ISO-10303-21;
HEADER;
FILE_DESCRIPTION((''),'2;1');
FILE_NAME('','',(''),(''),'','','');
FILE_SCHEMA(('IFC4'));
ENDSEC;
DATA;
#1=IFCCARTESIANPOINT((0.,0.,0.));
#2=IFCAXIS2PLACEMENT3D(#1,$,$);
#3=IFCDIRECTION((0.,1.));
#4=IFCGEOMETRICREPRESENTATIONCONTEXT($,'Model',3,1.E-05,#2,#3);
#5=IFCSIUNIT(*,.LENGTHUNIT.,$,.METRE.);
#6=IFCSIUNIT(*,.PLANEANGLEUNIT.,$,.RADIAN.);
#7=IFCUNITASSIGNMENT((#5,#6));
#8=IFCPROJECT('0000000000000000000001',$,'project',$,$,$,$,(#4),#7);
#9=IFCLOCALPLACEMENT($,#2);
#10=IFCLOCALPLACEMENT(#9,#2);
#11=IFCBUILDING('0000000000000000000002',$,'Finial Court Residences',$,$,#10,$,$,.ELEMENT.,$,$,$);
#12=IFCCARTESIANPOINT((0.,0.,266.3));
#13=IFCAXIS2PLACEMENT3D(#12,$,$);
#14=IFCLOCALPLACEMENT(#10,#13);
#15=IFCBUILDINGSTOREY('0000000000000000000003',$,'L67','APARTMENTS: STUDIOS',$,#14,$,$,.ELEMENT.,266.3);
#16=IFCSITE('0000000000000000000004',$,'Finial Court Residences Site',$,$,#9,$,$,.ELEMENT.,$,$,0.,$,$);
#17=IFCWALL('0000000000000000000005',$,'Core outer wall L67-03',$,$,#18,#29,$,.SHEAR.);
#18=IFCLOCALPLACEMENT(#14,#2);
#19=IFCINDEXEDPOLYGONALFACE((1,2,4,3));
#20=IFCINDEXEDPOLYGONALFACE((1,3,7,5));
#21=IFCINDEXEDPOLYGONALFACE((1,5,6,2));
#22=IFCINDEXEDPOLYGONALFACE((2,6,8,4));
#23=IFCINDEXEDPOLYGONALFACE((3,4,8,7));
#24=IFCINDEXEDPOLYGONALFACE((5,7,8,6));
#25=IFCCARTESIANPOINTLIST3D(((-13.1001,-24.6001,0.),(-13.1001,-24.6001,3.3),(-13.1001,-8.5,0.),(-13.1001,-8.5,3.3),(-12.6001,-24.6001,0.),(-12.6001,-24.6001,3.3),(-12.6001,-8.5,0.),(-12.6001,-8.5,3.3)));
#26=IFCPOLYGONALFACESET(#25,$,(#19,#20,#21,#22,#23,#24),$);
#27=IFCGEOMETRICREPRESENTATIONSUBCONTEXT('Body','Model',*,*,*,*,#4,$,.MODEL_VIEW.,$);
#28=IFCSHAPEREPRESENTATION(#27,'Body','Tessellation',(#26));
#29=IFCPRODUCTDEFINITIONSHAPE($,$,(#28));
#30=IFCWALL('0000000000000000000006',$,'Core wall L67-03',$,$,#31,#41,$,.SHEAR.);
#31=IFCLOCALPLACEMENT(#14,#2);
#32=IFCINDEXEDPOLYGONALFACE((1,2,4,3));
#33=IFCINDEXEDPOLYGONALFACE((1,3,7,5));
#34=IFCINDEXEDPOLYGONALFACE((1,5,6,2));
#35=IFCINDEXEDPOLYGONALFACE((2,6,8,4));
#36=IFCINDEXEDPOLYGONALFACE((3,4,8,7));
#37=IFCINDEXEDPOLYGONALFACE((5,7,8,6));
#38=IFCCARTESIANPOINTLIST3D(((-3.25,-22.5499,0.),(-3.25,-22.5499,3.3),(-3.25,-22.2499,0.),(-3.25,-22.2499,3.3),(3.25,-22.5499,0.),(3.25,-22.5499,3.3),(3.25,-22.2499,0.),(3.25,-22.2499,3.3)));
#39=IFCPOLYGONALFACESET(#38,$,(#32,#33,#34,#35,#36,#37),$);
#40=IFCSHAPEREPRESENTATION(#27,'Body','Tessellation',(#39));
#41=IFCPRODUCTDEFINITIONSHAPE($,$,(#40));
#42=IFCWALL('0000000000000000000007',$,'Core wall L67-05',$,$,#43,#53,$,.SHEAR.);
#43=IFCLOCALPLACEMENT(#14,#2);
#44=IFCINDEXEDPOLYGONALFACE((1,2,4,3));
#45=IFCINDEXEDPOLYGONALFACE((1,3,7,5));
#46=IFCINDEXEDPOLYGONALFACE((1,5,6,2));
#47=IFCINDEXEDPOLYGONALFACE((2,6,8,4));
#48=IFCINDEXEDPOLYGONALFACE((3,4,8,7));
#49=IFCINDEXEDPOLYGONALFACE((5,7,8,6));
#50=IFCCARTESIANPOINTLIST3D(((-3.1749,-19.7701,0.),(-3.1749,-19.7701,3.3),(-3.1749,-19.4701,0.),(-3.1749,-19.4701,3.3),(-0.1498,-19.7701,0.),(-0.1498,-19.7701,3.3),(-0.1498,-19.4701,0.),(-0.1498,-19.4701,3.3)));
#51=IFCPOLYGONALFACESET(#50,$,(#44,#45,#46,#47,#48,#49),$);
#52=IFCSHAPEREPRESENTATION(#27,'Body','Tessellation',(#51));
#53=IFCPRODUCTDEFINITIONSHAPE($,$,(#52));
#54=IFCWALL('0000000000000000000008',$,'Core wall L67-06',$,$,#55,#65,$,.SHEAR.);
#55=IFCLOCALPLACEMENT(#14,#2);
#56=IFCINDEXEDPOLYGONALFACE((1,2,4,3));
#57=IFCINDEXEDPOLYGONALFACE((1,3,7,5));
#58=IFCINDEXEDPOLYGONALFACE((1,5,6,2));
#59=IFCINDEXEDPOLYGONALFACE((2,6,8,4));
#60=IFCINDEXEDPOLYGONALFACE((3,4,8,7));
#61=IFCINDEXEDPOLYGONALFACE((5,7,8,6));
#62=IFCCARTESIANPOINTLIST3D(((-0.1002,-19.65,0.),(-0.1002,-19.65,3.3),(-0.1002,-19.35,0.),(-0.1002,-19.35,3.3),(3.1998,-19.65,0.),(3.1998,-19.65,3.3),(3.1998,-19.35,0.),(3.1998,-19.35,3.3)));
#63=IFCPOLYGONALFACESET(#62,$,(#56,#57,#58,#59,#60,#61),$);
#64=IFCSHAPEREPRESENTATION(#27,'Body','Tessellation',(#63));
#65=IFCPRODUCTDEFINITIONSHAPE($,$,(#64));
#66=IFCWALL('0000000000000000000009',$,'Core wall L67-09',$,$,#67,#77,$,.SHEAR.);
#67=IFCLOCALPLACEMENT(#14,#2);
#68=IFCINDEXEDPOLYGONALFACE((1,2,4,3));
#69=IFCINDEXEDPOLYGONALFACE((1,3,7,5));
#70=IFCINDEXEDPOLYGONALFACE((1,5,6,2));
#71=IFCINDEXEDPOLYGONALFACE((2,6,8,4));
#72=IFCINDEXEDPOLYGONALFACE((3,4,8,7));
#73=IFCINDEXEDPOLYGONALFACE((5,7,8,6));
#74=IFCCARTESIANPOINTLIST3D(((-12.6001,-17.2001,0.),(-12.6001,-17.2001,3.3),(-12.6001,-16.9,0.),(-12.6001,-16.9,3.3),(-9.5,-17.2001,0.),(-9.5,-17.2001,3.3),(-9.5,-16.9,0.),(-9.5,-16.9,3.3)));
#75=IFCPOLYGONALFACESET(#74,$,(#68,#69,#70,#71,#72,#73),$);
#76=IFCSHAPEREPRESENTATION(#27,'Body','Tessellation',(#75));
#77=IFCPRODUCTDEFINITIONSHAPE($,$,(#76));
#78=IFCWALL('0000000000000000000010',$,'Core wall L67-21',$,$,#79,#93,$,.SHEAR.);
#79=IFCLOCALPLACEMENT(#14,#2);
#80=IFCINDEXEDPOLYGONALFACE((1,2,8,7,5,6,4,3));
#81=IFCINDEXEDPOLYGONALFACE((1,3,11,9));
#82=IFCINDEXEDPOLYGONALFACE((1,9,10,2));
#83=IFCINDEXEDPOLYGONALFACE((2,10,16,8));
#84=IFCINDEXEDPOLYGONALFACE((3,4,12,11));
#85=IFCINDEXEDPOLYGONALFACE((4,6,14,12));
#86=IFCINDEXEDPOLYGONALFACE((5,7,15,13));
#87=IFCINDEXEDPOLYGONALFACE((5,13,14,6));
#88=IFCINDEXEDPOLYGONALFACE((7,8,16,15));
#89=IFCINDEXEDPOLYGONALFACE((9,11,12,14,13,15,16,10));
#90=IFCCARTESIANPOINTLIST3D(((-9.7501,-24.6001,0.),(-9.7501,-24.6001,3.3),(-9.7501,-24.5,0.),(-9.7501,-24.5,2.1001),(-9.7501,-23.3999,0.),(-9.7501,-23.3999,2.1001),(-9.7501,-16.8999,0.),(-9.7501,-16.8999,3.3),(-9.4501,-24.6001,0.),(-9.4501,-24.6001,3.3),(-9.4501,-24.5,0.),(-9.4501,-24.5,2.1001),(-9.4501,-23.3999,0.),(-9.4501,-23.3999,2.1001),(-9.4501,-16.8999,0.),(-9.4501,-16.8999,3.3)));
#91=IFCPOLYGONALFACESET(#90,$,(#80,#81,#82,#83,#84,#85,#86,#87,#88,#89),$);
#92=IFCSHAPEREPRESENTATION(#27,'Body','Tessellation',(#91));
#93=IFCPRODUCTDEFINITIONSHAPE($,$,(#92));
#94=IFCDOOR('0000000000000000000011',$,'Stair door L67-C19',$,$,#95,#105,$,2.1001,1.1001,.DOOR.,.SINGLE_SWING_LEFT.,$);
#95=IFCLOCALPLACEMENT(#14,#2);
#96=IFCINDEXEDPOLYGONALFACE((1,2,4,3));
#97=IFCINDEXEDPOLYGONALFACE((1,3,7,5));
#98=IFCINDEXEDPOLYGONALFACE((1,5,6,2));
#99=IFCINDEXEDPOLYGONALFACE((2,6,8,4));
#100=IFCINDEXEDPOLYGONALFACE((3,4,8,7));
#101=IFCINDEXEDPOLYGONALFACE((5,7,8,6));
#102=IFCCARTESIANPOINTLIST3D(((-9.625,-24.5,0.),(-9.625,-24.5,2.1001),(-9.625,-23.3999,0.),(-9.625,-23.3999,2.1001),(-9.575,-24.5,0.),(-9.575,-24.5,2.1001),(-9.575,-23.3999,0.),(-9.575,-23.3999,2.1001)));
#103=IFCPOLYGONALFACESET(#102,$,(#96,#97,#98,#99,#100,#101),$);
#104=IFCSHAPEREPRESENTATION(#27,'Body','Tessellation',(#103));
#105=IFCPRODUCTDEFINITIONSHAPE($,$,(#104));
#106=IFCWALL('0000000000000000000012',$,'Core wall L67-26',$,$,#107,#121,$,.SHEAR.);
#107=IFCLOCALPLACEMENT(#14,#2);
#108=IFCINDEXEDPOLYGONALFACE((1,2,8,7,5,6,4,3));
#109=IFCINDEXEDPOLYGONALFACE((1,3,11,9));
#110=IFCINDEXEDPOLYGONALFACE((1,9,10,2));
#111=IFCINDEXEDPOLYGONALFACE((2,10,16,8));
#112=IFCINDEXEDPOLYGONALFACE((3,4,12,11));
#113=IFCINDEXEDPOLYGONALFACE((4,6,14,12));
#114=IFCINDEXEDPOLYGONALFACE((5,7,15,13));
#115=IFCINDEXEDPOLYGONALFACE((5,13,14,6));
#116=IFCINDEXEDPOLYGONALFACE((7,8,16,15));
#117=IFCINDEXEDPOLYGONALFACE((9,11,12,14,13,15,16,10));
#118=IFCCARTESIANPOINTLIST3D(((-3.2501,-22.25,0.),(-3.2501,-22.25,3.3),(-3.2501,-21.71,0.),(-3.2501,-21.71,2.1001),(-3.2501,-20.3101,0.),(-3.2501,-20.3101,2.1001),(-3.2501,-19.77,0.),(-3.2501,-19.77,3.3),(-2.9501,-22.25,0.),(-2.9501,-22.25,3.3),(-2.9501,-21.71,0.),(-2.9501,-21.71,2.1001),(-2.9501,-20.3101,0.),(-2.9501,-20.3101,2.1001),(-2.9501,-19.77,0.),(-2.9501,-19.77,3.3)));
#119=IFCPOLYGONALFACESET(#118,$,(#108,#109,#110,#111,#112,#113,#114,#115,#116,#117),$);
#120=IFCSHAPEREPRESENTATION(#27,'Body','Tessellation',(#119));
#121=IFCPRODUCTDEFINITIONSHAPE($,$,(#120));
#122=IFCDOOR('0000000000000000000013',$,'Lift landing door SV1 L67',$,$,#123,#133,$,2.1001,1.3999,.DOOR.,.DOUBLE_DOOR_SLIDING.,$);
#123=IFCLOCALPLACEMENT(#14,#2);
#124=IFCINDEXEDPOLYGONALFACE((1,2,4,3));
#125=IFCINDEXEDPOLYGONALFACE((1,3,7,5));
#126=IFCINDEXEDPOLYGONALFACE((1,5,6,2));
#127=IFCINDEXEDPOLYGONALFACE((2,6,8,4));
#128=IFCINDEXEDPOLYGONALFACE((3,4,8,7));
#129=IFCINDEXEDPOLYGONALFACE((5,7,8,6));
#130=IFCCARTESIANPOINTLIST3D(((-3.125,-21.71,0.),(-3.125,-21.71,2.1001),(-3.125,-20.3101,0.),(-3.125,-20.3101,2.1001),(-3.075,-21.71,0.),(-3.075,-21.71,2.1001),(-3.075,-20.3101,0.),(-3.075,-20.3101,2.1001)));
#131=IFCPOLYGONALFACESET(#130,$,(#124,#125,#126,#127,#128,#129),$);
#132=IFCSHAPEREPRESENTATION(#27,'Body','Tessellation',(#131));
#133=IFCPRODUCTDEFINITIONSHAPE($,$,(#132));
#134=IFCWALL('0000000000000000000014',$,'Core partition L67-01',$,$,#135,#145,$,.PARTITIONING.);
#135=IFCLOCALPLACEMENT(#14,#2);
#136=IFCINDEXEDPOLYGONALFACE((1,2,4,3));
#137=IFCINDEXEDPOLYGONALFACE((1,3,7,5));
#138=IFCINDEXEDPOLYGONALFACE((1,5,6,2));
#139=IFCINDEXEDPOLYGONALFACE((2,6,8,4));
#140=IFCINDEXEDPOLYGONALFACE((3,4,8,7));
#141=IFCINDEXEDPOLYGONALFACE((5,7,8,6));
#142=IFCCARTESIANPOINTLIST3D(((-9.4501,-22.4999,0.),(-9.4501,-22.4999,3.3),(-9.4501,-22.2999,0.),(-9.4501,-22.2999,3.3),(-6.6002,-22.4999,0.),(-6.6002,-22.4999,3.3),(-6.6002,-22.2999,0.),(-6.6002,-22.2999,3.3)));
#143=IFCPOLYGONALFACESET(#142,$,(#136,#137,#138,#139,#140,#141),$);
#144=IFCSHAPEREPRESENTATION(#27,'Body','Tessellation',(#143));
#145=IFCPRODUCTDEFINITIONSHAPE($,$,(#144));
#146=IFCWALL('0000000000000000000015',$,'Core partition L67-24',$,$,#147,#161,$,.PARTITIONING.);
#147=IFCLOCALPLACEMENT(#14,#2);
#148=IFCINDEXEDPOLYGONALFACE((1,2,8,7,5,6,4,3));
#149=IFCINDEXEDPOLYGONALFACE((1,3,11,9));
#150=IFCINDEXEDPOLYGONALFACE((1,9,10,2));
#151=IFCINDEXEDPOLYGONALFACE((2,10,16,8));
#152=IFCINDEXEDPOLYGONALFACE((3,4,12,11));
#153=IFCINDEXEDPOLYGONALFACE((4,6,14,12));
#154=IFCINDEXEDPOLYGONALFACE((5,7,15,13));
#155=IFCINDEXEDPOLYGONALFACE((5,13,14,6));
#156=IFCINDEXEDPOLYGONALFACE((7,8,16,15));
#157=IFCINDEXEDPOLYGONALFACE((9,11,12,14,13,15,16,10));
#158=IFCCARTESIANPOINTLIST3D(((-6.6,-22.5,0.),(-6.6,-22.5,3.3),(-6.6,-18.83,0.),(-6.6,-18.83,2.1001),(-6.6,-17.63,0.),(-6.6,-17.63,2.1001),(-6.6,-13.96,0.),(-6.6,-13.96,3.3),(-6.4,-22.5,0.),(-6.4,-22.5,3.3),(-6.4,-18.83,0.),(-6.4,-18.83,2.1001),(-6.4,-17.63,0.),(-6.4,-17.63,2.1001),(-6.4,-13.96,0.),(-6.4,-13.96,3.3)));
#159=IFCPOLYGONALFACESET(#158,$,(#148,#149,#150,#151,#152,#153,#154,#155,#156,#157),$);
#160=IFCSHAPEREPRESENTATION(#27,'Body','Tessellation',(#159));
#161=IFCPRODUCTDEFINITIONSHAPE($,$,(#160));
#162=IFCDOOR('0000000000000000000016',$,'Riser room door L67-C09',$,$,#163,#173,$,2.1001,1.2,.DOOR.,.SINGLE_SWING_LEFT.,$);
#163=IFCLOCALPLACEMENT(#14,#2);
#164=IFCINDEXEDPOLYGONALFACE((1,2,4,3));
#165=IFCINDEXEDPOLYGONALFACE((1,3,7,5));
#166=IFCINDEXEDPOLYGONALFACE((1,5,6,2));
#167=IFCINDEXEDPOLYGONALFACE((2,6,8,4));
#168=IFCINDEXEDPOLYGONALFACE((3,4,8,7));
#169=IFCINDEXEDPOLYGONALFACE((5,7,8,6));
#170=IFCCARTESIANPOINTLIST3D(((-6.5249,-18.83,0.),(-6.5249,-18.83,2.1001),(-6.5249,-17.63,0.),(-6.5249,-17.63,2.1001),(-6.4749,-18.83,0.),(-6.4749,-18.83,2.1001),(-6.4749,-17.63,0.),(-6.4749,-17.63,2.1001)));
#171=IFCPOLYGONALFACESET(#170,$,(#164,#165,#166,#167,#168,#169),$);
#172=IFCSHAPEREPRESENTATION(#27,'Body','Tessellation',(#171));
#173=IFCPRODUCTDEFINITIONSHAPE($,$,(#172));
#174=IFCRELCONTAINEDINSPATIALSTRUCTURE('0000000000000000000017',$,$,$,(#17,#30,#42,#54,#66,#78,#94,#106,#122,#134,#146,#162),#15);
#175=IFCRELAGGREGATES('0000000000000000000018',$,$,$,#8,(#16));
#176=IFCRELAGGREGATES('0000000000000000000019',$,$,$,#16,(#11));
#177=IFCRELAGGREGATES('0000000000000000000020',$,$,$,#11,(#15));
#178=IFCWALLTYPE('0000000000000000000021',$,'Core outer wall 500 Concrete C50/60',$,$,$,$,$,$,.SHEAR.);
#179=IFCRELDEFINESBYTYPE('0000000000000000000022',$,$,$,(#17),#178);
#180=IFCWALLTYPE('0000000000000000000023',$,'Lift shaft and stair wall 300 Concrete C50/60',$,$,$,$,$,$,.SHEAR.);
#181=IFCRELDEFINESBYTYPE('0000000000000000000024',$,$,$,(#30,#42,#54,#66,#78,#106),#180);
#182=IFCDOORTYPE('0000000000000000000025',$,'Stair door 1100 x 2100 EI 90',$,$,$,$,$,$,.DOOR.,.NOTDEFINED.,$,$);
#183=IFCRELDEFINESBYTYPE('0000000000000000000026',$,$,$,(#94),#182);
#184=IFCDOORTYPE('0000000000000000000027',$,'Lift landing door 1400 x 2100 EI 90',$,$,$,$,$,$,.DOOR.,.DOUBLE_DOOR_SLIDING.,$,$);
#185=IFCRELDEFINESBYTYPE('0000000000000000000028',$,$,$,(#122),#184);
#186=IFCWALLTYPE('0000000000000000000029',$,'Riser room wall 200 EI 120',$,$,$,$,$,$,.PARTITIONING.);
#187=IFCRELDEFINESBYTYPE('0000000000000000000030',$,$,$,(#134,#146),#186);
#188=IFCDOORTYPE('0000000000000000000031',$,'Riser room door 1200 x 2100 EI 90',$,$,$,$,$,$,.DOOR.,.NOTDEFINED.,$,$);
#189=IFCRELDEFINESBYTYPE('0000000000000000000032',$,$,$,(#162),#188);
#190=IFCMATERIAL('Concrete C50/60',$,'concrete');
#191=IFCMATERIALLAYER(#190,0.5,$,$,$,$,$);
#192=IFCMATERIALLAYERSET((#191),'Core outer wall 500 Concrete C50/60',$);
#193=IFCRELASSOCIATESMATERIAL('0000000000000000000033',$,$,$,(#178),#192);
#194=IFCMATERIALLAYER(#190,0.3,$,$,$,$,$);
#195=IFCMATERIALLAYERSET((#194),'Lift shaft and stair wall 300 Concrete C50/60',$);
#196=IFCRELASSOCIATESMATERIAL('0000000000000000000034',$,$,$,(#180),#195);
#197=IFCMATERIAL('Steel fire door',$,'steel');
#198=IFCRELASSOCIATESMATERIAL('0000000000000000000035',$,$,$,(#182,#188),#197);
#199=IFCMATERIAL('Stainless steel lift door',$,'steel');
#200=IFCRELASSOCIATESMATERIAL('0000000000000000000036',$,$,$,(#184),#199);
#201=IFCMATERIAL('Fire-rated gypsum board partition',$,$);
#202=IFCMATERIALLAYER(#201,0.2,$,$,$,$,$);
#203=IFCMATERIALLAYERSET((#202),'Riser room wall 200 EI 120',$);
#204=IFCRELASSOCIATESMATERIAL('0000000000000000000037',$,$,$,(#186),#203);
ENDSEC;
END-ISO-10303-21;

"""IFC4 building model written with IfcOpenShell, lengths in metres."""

from ifc_helpers import new_model, si_unit, direction, frame, frame_2d, origin, place, context, subcontext, project, spatial, rectangle, extrude, material, layer, layer_set, type_object, element, fill, save


model = new_model("IFC4")

# Units and contexts
model_context = context("Model", 3, precision=1e-05, world=origin(), true_north=direction((0.0, 1.0)))
body_context = subcontext(model_context, "Body", "Model", "MODEL_VIEW")
ifc_project = project(units=[si_unit("LENGTHUNIT", "METRE"), si_unit("PLANEANGLEUNIT", "RADIAN")], contexts=[model_context])

# Site, building, storey
site_placement = place(None, origin())
site = spatial("IfcSite", under=ifc_project, at=site_placement, Name="Finial Court Residences Site", CompositionType="ELEMENT", RefElevation=0.0)
building_placement = place(site_placement, origin())
building = spatial("IfcBuilding", under=site, at=building_placement, Name="Finial Court Residences", CompositionType="ELEMENT")
storey_placement = place(building_placement, frame((0.0, 0.0, 266.3)))
storey = spatial("IfcBuildingStorey", under=building, at=storey_placement, Name="L67", Description="APARTMENTS: STUDIOS", CompositionType="ELEMENT", Elevation=266.3)

# Walls
ifc_material_1 = material(Name="Concrete C50/60", Category="concrete")
ifc_layer_1 = layer(ifc_material_1, 0.5)
ifc_layer_set_1 = layer_set([ifc_layer_1], Name="Core outer wall 500 Concrete C50/60")
wall_type_1 = type_object("IfcWallType", Name="Core outer wall 500 Concrete C50/60", PredefinedType="SHEAR", material=ifc_layer_set_1)
wall_1_placement = place(storey_placement, frame((-12.8501, -24.6001, 0.0), z_axis=(0.0, 0.0, 1.0), x_axis=(0.0, 1.0, 0.0)))
element("IfcWall", 1, at=wall_1_placement, inside=storey, type_object=wall_type_1, Name="Core outer wall L67-03", PredefinedType="SHEAR", context=body_context, shape_type="SweptSolid", body=[
    extrude(rectangle(XDim=16.1001, YDim=0.5, at=frame_2d((8.05, 0.0))), origin(), (0.0, 0.0, 1.0), 3.3),
])
ifc_layer_2 = layer(ifc_material_1, 0.3)
ifc_layer_set_2 = layer_set([ifc_layer_2], Name="Lift shaft and stair wall 300 Concrete C50/60")
wall_type_2 = type_object("IfcWallType", Name="Lift shaft and stair wall 300 Concrete C50/60", PredefinedType="SHEAR", material=ifc_layer_set_2)
wall_2_placement = place(storey_placement, frame((-3.25, -22.3999, 0.0), z_axis=(0.0, 0.0, 1.0), x_axis=(1.0, 0.0, 0.0)))
element("IfcWall", 2, at=wall_2_placement, inside=storey, type_object=wall_type_2, Name="Core wall L67-03", PredefinedType="SHEAR", context=body_context, shape_type="SweptSolid", body=[
    extrude(rectangle(XDim=6.5, YDim=0.3, at=frame_2d((3.25, 0.0))), origin(), (0.0, 0.0, 1.0), 3.3),
])
wall_3_placement = place(storey_placement, frame((-3.175, -19.6201, 0.0), z_axis=(0.0, 0.0, 1.0), x_axis=(1.0, 0.0, 0.0)))
element("IfcWall", 3, at=wall_3_placement, inside=storey, type_object=wall_type_2, Name="Core wall L67-05", PredefinedType="SHEAR", context=body_context, shape_type="SweptSolid", body=[
    extrude(rectangle(XDim=3.0251, YDim=0.3, at=frame_2d((1.5127, 0.0))), origin(), (0.0, 0.0, 1.0), 3.3),
])
wall_4_placement = place(storey_placement, frame((-0.1001, -19.5, 0.0), z_axis=(0.0, 0.0, 1.0), x_axis=(1.0, 0.0, 0.0)))
element("IfcWall", 4, at=wall_4_placement, inside=storey, type_object=wall_type_2, Name="Core wall L67-06", PredefinedType="SHEAR", context=body_context, shape_type="SweptSolid", body=[
    extrude(rectangle(XDim=3.3, YDim=0.3, at=frame_2d((1.6499, 0.0))), origin(), (0.0, 0.0, 1.0), 3.3),
])
wall_5_placement = place(storey_placement, frame((-12.6001, -17.05, 0.0), z_axis=(0.0, 0.0, 1.0), x_axis=(1.0, 0.0, 0.0)))
element("IfcWall", 5, at=wall_5_placement, inside=storey, type_object=wall_type_2, Name="Core wall L67-09", PredefinedType="SHEAR", context=body_context, shape_type="SweptSolid", body=[
    extrude(rectangle(XDim=3.1001, YDim=0.3, at=frame_2d((1.55, 0.0))), origin(), (0.0, 0.0, 1.0), 3.3),
])

# Walls, openings, doors
wall_6_placement = place(storey_placement, frame((-9.6001, -24.6001, 0.0), z_axis=(0.0, 0.0, 1.0), x_axis=(0.0, 1.0, 0.0)))
wall_6 = element("IfcWall", 6, at=wall_6_placement, inside=storey, type_object=wall_type_2, Name="Core wall L67-21", PredefinedType="SHEAR", context=body_context, shape_type="SweptSolid", body=[
    extrude(rectangle(XDim=7.7002, YDim=0.3, at=frame_2d((3.8501, 0.0))), origin(), (0.0, 0.0, 1.0), 3.3),
])
opening_1_placement = place(wall_6_placement, frame((0.1001, 0.0, 0.0)))
opening_1 = element("IfcOpeningElement", 7, at=opening_1_placement, cuts=wall_6, PredefinedType="OPENING", context=body_context, shape_type="SweptSolid", body=[
    extrude(rectangle(XDim=1.1001, YDim=2.1001, at=frame_2d((0.55, 1.05))), frame((0.0, 0.1599, 0.0), z_axis=(0.0, -1.0, 0.0), x_axis=(1.0, 0.0, 0.0)), (0.0, 0.0, 1.0), 0.3201),
])
ifc_material_2 = material(Name="Steel fire door", Category="steel")
door_type_1 = type_object("IfcDoorType", Name="Stair door 1100 x 2100 EI 90", OperationType="NOTDEFINED", PredefinedType="DOOR", material=ifc_material_2)
door_1_placement = place(opening_1_placement, origin())
door_1 = element("IfcDoor", 8, at=door_1_placement, inside=storey, type_object=door_type_1, Name="Stair door L67-C19", OperationType="SINGLE_SWING_LEFT", OverallHeight=2.1001, OverallWidth=1.1001, PredefinedType="DOOR", context=body_context, shape_type="SweptSolid", body=[
    extrude(rectangle(XDim=1.1001, YDim=2.1001, at=frame_2d((0.55, 1.05))), frame((0.0, 0.0249, 0.0), z_axis=(0.0, -1.0, 0.0), x_axis=(1.0, 0.0, 0.0)), (0.0, 0.0, 1.0), 0.05),
])
fill(opening_1, door_1)
wall_7_placement = place(storey_placement, frame((-3.1001, -22.25, 0.0), z_axis=(0.0, 0.0, 1.0), x_axis=(0.0, 1.0, 0.0)))
wall_7 = element("IfcWall", 9, at=wall_7_placement, inside=storey, type_object=wall_type_2, Name="Core wall L67-26", PredefinedType="SHEAR", context=body_context, shape_type="SweptSolid", body=[
    extrude(rectangle(XDim=2.48, YDim=0.3, at=frame_2d((1.24, 0.0))), origin(), (0.0, 0.0, 1.0), 3.3),
])
opening_2_placement = place(wall_7_placement, frame((0.54, 0.0, 0.0)))
opening_2 = element("IfcOpeningElement", 10, at=opening_2_placement, cuts=wall_7, PredefinedType="OPENING", context=body_context, shape_type="SweptSolid", body=[
    extrude(rectangle(XDim=1.3999, YDim=2.1001, at=frame_2d((0.7, 1.05))), frame((0.0, 0.1599, 0.0), z_axis=(0.0, -1.0, 0.0), x_axis=(1.0, 0.0, 0.0)), (0.0, 0.0, 1.0), 0.3201),
])
ifc_material_3 = material(Name="Stainless steel lift door", Category="steel")
door_type_2 = type_object("IfcDoorType", Name="Lift landing door 1400 x 2100 EI 90", OperationType="DOUBLE_DOOR_SLIDING", PredefinedType="DOOR", material=ifc_material_3)
door_2_placement = place(opening_2_placement, origin())
door_2 = element("IfcDoor", 11, at=door_2_placement, inside=storey, type_object=door_type_2, Name="Lift landing door SV1 L67", OperationType="DOUBLE_DOOR_SLIDING", OverallHeight=2.1001, OverallWidth=1.3999, PredefinedType="DOOR", context=body_context, shape_type="SweptSolid", body=[
    extrude(rectangle(XDim=1.3999, YDim=2.1001, at=frame_2d((0.7, 1.05))), frame((0.0, 0.0249, 0.0), z_axis=(0.0, -1.0, 0.0), x_axis=(1.0, 0.0, 0.0)), (0.0, 0.0, 1.0), 0.05),
])
fill(opening_2, door_2)

# Wall
ifc_material_4 = material(Name="Fire-rated gypsum board partition")
ifc_layer_3 = layer(ifc_material_4, 0.2)
ifc_layer_set_3 = layer_set([ifc_layer_3], Name="Riser room wall 200 EI 120")
wall_type_3 = type_object("IfcWallType", Name="Riser room wall 200 EI 120", PredefinedType="PARTITIONING", material=ifc_layer_set_3)
wall_8_placement = place(storey_placement, frame((-9.45, -22.3999, 0.0), z_axis=(0.0, 0.0, 1.0), x_axis=(1.0, 0.0, 0.0)))
element("IfcWall", 12, at=wall_8_placement, inside=storey, type_object=wall_type_3, Name="Core partition L67-01", PredefinedType="PARTITIONING", context=body_context, shape_type="SweptSolid", body=[
    extrude(rectangle(XDim=2.8499, YDim=0.2, at=frame_2d((1.4248, 0.0))), origin(), (0.0, 0.0, 1.0), 3.3),
])

# Wall, opening, door
wall_9_placement = place(storey_placement, frame((-6.5, -22.5, 0.0), z_axis=(0.0, 0.0, 1.0), x_axis=(0.0, 1.0, 0.0)))
wall_9 = element("IfcWall", 13, at=wall_9_placement, inside=storey, type_object=wall_type_3, Name="Core partition L67-24", PredefinedType="PARTITIONING", context=body_context, shape_type="SweptSolid", body=[
    extrude(rectangle(XDim=8.54, YDim=0.2, at=frame_2d((4.27, 0.0))), origin(), (0.0, 0.0, 1.0), 3.3),
])
opening_3_placement = place(wall_9_placement, frame((3.6699, 0.0, 0.0)))
opening_3 = element("IfcOpeningElement", 14, at=opening_3_placement, cuts=wall_9, PredefinedType="OPENING", context=body_context, shape_type="SweptSolid", body=[
    extrude(rectangle(XDim=1.2, YDim=2.1001, at=frame_2d((0.6001, 1.05))), frame((0.0, 0.1099, 0.0), z_axis=(0.0, -1.0, 0.0), x_axis=(1.0, 0.0, 0.0)), (0.0, 0.0, 1.0), 0.22),
])
door_type_3 = type_object("IfcDoorType", Name="Riser room door 1200 x 2100 EI 90", OperationType="NOTDEFINED", PredefinedType="DOOR", material=ifc_material_2)
door_3_placement = place(opening_3_placement, origin())
door_3 = element("IfcDoor", 15, at=door_3_placement, inside=storey, type_object=door_type_3, Name="Riser room door L67-C09", OperationType="SINGLE_SWING_LEFT", OverallHeight=2.1001, OverallWidth=1.2, PredefinedType="DOOR", context=body_context, shape_type="SweptSolid", body=[
    extrude(rectangle(XDim=1.2, YDim=2.1001, at=frame_2d((0.6001, 1.05))), frame((0.0, 0.0249, 0.0), z_axis=(0.0, -1.0, 0.0), x_axis=(1.0, 0.0, 0.0)), (0.0, 0.0, 1.0), 0.05),
])
fill(opening_3, door_3)

save(model, "model.ifc")
